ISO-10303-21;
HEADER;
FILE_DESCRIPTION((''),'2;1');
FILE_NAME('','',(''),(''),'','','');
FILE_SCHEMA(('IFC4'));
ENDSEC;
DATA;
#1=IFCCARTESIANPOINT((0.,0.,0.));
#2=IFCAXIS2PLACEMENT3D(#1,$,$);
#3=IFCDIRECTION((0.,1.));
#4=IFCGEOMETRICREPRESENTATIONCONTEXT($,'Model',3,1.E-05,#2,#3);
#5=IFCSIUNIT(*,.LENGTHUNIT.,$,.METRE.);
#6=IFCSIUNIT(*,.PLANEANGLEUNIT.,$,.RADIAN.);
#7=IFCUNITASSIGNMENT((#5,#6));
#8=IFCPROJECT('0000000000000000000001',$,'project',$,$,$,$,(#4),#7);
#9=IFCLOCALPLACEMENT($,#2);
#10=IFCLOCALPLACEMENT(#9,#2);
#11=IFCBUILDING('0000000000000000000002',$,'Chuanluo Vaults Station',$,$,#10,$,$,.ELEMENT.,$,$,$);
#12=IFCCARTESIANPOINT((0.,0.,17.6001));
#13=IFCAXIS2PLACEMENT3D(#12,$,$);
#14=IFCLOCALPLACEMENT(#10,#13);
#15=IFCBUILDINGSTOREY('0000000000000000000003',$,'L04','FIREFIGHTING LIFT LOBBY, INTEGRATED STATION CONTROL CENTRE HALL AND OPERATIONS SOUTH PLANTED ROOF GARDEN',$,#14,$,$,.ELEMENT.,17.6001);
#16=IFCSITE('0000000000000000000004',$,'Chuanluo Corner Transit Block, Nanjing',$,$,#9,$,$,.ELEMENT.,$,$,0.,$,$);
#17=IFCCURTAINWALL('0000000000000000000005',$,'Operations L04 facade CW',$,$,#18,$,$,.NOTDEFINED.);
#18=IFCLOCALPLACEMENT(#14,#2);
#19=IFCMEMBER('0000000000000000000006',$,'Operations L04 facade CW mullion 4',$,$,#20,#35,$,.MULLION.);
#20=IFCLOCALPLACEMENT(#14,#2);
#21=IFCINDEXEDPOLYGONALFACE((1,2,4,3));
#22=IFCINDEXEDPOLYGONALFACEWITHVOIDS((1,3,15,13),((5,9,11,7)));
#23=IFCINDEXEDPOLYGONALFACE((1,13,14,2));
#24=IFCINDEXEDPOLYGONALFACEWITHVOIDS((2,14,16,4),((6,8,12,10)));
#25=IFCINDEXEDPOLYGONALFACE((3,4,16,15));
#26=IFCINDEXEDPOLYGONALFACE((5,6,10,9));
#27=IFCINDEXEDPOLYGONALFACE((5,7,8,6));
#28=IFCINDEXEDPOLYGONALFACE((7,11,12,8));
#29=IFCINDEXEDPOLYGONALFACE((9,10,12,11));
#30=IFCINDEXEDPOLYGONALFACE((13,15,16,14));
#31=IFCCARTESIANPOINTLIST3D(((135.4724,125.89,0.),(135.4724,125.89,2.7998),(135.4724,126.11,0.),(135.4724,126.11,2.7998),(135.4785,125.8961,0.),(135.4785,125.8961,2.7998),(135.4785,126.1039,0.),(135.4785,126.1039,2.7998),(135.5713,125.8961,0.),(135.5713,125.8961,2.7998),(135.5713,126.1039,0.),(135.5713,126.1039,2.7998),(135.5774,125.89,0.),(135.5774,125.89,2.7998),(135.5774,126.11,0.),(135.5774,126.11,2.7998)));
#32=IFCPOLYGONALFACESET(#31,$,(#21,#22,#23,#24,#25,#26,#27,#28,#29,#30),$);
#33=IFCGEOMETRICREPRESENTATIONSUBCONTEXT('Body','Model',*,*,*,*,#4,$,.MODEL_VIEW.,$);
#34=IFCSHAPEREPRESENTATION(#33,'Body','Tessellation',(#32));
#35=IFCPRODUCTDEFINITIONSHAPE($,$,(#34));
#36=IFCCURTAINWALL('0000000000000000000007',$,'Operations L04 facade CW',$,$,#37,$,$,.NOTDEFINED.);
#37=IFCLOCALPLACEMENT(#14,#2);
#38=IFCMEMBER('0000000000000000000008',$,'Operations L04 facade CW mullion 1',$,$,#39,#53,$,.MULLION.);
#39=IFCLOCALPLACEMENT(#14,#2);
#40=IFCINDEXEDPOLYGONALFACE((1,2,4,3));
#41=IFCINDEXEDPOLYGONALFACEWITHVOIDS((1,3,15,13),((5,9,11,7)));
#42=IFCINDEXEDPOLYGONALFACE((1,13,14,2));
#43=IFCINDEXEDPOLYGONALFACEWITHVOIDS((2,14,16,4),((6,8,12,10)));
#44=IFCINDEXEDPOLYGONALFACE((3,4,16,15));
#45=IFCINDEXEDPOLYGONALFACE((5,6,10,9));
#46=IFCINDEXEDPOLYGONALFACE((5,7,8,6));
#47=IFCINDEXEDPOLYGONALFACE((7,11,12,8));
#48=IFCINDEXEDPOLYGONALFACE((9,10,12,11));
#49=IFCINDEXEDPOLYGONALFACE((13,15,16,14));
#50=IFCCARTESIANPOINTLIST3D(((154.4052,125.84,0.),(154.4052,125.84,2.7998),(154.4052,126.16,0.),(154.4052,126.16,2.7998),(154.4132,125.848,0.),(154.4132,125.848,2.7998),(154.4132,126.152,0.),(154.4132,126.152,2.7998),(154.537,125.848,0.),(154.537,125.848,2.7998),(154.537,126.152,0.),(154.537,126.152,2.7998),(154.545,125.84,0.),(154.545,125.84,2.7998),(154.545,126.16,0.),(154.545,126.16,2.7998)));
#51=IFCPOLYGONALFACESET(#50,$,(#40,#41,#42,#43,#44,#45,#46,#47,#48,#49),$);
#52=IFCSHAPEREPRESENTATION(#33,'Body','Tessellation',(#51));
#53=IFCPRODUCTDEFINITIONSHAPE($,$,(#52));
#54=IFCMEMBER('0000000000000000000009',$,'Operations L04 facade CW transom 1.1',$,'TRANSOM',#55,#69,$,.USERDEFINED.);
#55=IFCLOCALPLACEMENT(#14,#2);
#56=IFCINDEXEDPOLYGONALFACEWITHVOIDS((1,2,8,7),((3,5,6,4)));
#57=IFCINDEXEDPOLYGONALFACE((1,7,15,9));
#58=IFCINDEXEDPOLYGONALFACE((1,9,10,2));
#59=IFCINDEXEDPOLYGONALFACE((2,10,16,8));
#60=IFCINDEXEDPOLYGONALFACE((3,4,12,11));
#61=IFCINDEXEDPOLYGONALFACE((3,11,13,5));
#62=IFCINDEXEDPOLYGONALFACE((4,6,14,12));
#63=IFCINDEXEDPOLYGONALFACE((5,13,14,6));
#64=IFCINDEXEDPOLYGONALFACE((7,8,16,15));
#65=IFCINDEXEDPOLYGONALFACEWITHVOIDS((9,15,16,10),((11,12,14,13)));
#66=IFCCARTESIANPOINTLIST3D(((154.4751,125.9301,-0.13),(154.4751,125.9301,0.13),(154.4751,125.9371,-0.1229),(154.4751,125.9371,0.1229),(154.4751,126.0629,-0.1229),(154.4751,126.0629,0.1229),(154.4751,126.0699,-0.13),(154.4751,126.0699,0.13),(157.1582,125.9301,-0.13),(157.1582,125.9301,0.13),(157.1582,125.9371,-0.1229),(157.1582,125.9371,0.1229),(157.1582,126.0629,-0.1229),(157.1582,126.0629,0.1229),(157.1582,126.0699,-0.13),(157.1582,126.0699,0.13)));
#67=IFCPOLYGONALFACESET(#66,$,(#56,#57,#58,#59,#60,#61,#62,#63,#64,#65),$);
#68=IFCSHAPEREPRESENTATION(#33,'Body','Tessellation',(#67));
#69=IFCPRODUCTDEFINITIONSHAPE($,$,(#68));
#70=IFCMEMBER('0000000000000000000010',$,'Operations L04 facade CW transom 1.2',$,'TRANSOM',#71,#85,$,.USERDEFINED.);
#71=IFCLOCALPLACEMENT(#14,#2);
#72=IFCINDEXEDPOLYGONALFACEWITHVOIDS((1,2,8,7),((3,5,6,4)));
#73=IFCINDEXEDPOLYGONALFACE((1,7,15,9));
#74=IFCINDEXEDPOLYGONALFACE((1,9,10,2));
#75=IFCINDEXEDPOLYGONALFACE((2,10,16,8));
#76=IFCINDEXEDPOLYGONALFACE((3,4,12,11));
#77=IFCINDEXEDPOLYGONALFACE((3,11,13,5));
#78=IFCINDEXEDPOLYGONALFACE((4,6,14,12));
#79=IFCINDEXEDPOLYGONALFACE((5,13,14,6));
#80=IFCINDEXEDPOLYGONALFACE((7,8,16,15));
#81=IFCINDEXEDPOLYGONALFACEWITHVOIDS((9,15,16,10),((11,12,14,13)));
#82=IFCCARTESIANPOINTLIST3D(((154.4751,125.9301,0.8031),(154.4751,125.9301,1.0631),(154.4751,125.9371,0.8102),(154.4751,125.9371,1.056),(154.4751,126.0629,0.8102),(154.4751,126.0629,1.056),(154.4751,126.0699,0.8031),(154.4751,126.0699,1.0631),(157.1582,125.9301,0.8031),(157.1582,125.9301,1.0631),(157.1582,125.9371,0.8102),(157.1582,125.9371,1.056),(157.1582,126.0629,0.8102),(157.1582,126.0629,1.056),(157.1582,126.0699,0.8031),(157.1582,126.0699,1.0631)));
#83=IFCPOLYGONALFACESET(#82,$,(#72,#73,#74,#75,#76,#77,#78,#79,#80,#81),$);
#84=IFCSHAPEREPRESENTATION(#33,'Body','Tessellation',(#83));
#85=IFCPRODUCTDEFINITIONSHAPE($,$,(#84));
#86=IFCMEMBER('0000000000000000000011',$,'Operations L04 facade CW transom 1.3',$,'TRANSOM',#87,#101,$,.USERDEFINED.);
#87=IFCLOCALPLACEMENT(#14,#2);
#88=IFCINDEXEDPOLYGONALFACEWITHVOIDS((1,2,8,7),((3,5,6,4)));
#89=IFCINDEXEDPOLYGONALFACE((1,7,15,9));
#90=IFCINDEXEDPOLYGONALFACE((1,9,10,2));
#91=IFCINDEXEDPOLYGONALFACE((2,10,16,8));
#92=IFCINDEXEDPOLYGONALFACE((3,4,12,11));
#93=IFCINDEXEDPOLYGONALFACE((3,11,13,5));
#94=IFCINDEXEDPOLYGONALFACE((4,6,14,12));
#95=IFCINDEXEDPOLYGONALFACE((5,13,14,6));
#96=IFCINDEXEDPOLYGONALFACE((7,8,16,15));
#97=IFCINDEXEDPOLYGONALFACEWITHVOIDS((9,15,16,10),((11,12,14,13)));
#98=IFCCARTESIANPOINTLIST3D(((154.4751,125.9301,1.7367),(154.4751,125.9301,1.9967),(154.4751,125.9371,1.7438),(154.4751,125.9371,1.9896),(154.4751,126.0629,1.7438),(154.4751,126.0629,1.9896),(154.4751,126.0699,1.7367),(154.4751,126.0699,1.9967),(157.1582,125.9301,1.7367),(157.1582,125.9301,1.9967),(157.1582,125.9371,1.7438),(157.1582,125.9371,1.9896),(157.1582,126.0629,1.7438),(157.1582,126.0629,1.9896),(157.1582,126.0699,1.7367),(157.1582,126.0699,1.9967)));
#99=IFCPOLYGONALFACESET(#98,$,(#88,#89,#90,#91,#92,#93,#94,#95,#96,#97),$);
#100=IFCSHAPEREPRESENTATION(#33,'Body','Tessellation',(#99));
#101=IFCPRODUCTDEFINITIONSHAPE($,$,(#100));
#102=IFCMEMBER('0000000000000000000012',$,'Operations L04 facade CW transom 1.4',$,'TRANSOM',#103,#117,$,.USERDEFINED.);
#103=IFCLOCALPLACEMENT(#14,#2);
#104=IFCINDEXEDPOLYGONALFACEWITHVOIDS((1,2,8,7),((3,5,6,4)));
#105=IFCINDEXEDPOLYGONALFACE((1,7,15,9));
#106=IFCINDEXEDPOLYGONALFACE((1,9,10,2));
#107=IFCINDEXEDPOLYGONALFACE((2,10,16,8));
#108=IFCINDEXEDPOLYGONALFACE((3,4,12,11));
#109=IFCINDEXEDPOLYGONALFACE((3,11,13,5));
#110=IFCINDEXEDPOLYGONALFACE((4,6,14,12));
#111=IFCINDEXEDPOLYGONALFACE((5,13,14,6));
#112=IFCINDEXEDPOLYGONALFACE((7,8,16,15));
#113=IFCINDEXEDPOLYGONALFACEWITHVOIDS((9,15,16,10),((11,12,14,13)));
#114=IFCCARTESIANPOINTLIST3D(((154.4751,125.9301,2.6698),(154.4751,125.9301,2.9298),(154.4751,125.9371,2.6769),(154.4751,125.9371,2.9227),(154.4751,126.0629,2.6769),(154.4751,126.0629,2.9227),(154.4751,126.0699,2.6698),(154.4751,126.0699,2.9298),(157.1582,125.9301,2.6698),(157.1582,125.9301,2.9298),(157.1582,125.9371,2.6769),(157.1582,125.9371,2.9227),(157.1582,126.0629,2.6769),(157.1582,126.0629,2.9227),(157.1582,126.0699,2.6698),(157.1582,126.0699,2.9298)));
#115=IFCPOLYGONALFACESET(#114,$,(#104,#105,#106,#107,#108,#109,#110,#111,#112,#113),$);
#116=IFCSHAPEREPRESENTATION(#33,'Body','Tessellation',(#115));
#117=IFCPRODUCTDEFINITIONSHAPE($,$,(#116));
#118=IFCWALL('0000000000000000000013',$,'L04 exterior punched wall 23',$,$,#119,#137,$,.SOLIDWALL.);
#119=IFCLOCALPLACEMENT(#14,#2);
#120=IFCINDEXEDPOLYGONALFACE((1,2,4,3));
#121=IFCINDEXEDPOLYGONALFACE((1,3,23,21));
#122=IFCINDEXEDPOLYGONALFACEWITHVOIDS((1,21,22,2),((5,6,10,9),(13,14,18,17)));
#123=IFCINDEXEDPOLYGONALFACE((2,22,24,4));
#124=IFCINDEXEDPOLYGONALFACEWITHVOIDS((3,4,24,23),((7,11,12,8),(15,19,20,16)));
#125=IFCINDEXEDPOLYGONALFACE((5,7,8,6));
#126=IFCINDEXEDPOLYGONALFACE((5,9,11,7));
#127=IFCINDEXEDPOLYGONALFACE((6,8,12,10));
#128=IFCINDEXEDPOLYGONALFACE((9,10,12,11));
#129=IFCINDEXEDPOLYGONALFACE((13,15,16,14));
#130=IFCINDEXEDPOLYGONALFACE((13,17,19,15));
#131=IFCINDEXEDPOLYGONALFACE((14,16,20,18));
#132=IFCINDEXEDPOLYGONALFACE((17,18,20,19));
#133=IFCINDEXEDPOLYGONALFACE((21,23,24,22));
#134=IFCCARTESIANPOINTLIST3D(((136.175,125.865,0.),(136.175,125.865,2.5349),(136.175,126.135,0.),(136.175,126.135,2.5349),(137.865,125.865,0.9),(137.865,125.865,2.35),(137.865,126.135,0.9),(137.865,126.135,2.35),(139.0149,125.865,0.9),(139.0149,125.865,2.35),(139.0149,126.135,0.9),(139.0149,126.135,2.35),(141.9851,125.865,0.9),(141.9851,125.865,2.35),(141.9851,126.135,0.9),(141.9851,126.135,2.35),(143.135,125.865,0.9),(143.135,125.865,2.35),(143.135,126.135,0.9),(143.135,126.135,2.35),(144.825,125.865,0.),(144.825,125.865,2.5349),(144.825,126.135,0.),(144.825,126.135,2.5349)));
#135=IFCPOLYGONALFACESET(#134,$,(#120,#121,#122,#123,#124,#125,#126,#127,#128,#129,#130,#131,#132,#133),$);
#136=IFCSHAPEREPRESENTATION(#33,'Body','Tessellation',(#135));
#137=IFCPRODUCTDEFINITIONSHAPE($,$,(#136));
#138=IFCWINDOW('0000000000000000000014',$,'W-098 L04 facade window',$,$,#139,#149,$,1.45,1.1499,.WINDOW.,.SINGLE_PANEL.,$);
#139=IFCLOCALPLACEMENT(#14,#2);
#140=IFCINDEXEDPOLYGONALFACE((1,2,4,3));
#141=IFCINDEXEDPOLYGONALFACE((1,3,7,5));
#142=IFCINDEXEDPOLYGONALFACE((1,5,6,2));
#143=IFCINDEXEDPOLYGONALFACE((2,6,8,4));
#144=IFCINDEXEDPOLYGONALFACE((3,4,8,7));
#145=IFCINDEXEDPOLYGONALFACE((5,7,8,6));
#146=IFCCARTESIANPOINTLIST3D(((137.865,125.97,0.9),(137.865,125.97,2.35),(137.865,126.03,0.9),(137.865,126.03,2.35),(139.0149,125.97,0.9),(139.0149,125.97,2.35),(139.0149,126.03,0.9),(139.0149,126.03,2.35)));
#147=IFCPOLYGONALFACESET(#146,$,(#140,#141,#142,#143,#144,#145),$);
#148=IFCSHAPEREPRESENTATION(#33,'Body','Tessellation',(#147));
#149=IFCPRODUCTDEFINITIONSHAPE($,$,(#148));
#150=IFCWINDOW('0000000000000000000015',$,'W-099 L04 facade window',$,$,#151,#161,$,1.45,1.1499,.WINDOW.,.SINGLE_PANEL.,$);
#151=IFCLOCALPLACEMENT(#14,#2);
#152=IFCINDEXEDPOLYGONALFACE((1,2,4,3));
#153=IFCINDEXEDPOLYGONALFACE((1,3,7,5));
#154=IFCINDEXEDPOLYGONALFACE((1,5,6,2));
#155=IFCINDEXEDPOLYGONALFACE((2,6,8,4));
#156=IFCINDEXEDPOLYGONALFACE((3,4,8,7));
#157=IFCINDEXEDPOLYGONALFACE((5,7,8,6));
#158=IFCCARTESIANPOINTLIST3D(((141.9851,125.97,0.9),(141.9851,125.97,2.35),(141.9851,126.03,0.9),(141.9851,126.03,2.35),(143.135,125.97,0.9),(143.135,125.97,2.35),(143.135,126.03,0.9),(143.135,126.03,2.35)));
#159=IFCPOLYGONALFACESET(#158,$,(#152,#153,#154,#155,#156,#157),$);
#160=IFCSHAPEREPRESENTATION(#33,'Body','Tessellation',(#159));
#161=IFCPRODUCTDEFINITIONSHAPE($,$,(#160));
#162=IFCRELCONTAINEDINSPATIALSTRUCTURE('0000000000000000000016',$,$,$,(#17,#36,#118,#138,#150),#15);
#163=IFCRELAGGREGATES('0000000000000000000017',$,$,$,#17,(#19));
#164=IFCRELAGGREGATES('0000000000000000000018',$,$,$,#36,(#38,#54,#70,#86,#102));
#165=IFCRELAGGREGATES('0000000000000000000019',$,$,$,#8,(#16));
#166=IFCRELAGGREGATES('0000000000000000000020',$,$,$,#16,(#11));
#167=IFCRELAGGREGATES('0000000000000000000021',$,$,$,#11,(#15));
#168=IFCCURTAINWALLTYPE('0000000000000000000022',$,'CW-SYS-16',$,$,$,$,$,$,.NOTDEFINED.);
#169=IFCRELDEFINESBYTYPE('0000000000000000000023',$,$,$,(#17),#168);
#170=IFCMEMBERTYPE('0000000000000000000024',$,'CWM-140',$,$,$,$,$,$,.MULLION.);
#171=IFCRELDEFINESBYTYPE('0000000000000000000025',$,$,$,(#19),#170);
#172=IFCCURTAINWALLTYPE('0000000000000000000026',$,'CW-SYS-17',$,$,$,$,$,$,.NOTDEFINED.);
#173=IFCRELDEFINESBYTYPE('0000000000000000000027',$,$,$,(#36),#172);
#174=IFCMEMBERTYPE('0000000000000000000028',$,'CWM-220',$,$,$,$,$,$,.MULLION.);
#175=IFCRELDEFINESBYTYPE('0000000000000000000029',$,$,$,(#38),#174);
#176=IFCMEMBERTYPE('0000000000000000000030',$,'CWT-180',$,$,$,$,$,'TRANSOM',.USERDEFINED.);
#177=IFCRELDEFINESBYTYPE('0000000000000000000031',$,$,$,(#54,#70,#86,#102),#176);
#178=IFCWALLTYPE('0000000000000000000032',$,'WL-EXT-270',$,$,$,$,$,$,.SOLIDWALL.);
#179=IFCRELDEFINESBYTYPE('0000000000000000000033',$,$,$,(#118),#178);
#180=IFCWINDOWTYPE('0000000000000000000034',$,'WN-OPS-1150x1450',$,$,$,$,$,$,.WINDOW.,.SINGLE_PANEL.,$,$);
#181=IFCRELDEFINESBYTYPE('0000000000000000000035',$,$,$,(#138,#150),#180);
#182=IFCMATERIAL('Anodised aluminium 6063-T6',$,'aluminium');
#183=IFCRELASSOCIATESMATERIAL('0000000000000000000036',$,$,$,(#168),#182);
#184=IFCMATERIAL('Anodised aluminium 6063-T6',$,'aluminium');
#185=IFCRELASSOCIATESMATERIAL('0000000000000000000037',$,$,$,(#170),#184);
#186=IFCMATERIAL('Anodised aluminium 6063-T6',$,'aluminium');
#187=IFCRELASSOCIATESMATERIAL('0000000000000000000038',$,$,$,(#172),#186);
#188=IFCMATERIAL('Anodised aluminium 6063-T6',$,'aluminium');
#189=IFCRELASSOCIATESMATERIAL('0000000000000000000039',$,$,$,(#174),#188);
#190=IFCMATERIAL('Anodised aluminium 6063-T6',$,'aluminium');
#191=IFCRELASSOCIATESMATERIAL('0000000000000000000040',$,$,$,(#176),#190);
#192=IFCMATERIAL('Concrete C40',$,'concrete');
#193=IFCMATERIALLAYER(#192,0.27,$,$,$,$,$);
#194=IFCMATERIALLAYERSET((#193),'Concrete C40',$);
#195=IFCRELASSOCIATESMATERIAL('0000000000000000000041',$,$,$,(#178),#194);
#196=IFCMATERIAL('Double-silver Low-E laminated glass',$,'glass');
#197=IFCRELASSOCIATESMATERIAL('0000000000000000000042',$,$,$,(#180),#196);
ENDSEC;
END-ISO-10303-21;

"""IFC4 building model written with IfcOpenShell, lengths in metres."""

from ifc_helpers import new_model, si_unit, direction, frame, frame_2d, origin, origin_2d, place, context, subcontext, project, spatial, rectangle, hollow_rectangle, extrude, material, layer, layer_set, material_profile, profile_set, type_object, element, fill, aggregate, save


model = new_model("IFC4")

# Units and contexts
model_context = context("Model", 3, precision=1e-05, world=origin(), true_north=direction((0.0, 1.0)))
body_context = subcontext(model_context, "Body", "Model", "MODEL_VIEW")
ifc_project = project(units=[si_unit("LENGTHUNIT", "METRE"), si_unit("PLANEANGLEUNIT", "RADIAN")], contexts=[model_context])

# Site, building, storey
site_placement = place(None, origin())
site = spatial("IfcSite", under=ifc_project, at=site_placement, Name="Chuanluo Corner Transit Block, Nanjing", CompositionType="ELEMENT", RefElevation=0.0)
building_placement = place(site_placement, origin())
building = spatial("IfcBuilding", under=site, at=building_placement, Name="Chuanluo Vaults Station", CompositionType="ELEMENT")
storey_placement = place(building_placement, frame((0.0, 0.0, 17.6001)))
storey = spatial("IfcBuildingStorey", under=building, at=storey_placement, Name="L04", Description="FIREFIGHTING LIFT LOBBY, INTEGRATED STATION CONTROL CENTRE HALL AND OPERATIONS SOUTH PLANTED ROOF GARDEN", CompositionType="ELEMENT", Elevation=17.6001)

# Curtain wall, member
ifc_material_1 = material(Name="Anodised aluminium 6063-T6", Category="aluminium")
curtain_wall_type_1 = type_object("IfcCurtainWallType", Name="CW-SYS-16", PredefinedType="NOTDEFINED", material=ifc_material_1)
curtain_wall_1_placement = place(storey_placement, origin())
curtain_wall_1 = element("IfcCurtainWall", 1, at=curtain_wall_1_placement, inside=storey, type_object=curtain_wall_type_1, Name="Operations L04 facade CW", PredefinedType="NOTDEFINED")
ifc_material_2 = material(Name="Anodised aluminium 6063-T6", Category="aluminium")
ifc_material_profile_1 = material_profile(ifc_material_2, hollow_rectangle(XDim=0.105, YDim=0.22, WallThickness=0.0061, at=origin_2d()))
ifc_profile_set_1 = profile_set([ifc_material_profile_1], Name="Anodised aluminium 6063-T6")
member_type_1 = type_object("IfcMemberType", Name="CWM-140", PredefinedType="MULLION", material=ifc_profile_set_1)
member_1_placement = place(storey_placement, frame((135.5249, 126.0, 0.0), z_axis=(0.0, 0.0, 1.0), x_axis=(1.0, 0.0, 0.0)))
member_1 = element("IfcMember", 2, at=member_1_placement, type_object=member_type_1, Name="Operations L04 facade CW mullion 4", PredefinedType="MULLION", context=body_context, shape_type="SweptSolid", body=[
    extrude(hollow_rectangle(XDim=0.105, YDim=0.22, WallThickness=0.0061, at=origin_2d()), origin(), (0.0, 0.0, 1.0), 2.7998),
])
aggregate(curtain_wall_1, [member_1])

# Curtain wall, members
ifc_material_3 = material(Name="Anodised aluminium 6063-T6", Category="aluminium")
curtain_wall_type_2 = type_object("IfcCurtainWallType", Name="CW-SYS-17", PredefinedType="NOTDEFINED", material=ifc_material_3)
curtain_wall_2_placement = place(storey_placement, origin())
curtain_wall_2 = element("IfcCurtainWall", 3, at=curtain_wall_2_placement, inside=storey, type_object=curtain_wall_type_2, Name="Operations L04 facade CW", PredefinedType="NOTDEFINED")
ifc_material_4 = material(Name="Anodised aluminium 6063-T6", Category="aluminium")
ifc_material_profile_2 = material_profile(ifc_material_4, hollow_rectangle(XDim=0.1399, YDim=0.3201, WallThickness=0.0081, at=origin_2d()))
ifc_profile_set_2 = profile_set([ifc_material_profile_2], Name="Anodised aluminium 6063-T6")
member_type_2 = type_object("IfcMemberType", Name="CWM-220", PredefinedType="MULLION", material=ifc_profile_set_2)
member_2_placement = place(storey_placement, frame((154.4751, 126.0, 0.0), z_axis=(0.0, 0.0, 1.0), x_axis=(1.0, 0.0, 0.0)))
member_2 = element("IfcMember", 4, at=member_2_placement, type_object=member_type_2, Name="Operations L04 facade CW mullion 1", PredefinedType="MULLION", context=body_context, shape_type="SweptSolid", body=[
    extrude(hollow_rectangle(XDim=0.1399, YDim=0.3201, WallThickness=0.0081, at=origin_2d()), origin(), (0.0, 0.0, 1.0), 2.7998),
])
ifc_material_5 = material(Name="Anodised aluminium 6063-T6", Category="aluminium")
ifc_material_profile_3 = material_profile(ifc_material_5, hollow_rectangle(XDim=0.1399, YDim=0.26, WallThickness=0.0071, at=origin_2d()))
ifc_profile_set_3 = profile_set([ifc_material_profile_3], Name="Anodised aluminium 6063-T6")
member_type_3 = type_object("IfcMemberType", Name="CWT-180", ElementType="TRANSOM", PredefinedType="USERDEFINED", material=ifc_profile_set_3)
member_3_placement = place(storey_placement, frame((154.4751, 126.0, 0.0), z_axis=(1.0, 0.0, 0.0), x_axis=(0.0, 1.0, 0.0)))
member_3 = element("IfcMember", 5, at=member_3_placement, type_object=member_type_3, Name="Operations L04 facade CW transom 1.1", ObjectType="TRANSOM", PredefinedType="USERDEFINED", context=body_context, shape_type="SweptSolid", body=[
    extrude(hollow_rectangle(XDim=0.1399, YDim=0.26, WallThickness=0.0071, at=origin_2d()), origin(), (0.0, 0.0, 1.0), 2.6831),
])
member_4_placement = place(storey_placement, frame((154.4751, 126.0, 0.9331), z_axis=(1.0, 0.0, 0.0), x_axis=(0.0, 1.0, 0.0)))
member_4 = element("IfcMember", 6, at=member_4_placement, type_object=member_type_3, Name="Operations L04 facade CW transom 1.2", ObjectType="TRANSOM", PredefinedType="USERDEFINED", context=body_context, shape_type="SweptSolid", body=[
    extrude(hollow_rectangle(XDim=0.1399, YDim=0.26, WallThickness=0.0071, at=origin_2d()), origin(), (0.0, 0.0, 1.0), 2.6831),
])
member_5_placement = place(storey_placement, frame((154.4751, 126.0, 1.8667), z_axis=(1.0, 0.0, 0.0), x_axis=(0.0, 1.0, 0.0)))
member_5 = element("IfcMember", 7, at=member_5_placement, type_object=member_type_3, Name="Operations L04 facade CW transom 1.3", ObjectType="TRANSOM", PredefinedType="USERDEFINED", context=body_context, shape_type="SweptSolid", body=[
    extrude(hollow_rectangle(XDim=0.1399, YDim=0.26, WallThickness=0.0071, at=origin_2d()), origin(), (0.0, 0.0, 1.0), 2.6831),
])
member_6_placement = place(storey_placement, frame((154.4751, 126.0, 2.7998), z_axis=(1.0, 0.0, 0.0), x_axis=(0.0, 1.0, 0.0)))
member_6 = element("IfcMember", 8, at=member_6_placement, type_object=member_type_3, Name="Operations L04 facade CW transom 1.4", ObjectType="TRANSOM", PredefinedType="USERDEFINED", context=body_context, shape_type="SweptSolid", body=[
    extrude(hollow_rectangle(XDim=0.1399, YDim=0.26, WallThickness=0.0071, at=origin_2d()), origin(), (0.0, 0.0, 1.0), 2.6831),
])
aggregate(curtain_wall_2, [member_2, member_3, member_4, member_5, member_6])

# Wall, openings, windows
ifc_material_6 = material(Name="Concrete C40", Category="concrete")
ifc_layer_1 = layer(ifc_material_6, 0.27)
ifc_layer_set_1 = layer_set([ifc_layer_1], Name="Concrete C40")
wall_type_1 = type_object("IfcWallType", Name="WL-EXT-270", PredefinedType="SOLIDWALL", material=ifc_layer_set_1)
wall_1_placement = place(storey_placement, frame((136.175, 126.0, 0.0), z_axis=(0.0, 0.0, 1.0), x_axis=(1.0, 0.0, 0.0)))
wall_1 = element("IfcWall", 9, at=wall_1_placement, inside=storey, type_object=wall_type_1, Name="L04 exterior punched wall 23", PredefinedType="SOLIDWALL", context=body_context, shape_type="SweptSolid", body=[
    extrude(rectangle(XDim=8.6499, YDim=0.27, at=frame_2d((4.325, 0.0))), origin(), (0.0, 0.0, 1.0), 2.5349),
])
opening_1_placement = place(wall_1_placement, frame((1.6899, 0.0, 0.8999)))
opening_1 = element("IfcOpeningElement", 10, at=opening_1_placement, cuts=wall_1, PredefinedType="OPENING", context=body_context, shape_type="SweptSolid", body=[
    extrude(rectangle(XDim=1.1499, YDim=1.45, at=frame_2d((0.575, 0.7251))), frame((0.0, 0.145, 0.0), z_axis=(0.0, -1.0, 0.0), x_axis=(1.0, 0.0, 0.0)), (0.0, 0.0, 1.0), 0.29),
])
opening_2_placement = place(wall_1_placement, frame((5.8101, 0.0, 0.8999)))
opening_2 = element("IfcOpeningElement", 11, at=opening_2_placement, cuts=wall_1, PredefinedType="OPENING", context=body_context, shape_type="SweptSolid", body=[
    extrude(rectangle(XDim=1.1499, YDim=1.45, at=frame_2d((0.575, 0.7251))), frame((0.0, 0.145, 0.0), z_axis=(0.0, -1.0, 0.0), x_axis=(1.0, 0.0, 0.0)), (0.0, 0.0, 1.0), 0.29),
])
ifc_material_7 = material(Name="Double-silver Low-E laminated glass", Category="glass")
window_type = type_object("IfcWindowType", Name="WN-OPS-1150x1450", PartitioningType="SINGLE_PANEL", PredefinedType="WINDOW", material=ifc_material_7)
window_1_placement = place(opening_1_placement, origin())
window_1 = element("IfcWindow", 12, at=window_1_placement, inside=storey, type_object=window_type, Name="W-098 L04 facade window", OverallHeight=1.45, OverallWidth=1.1499, PartitioningType="SINGLE_PANEL", PredefinedType="WINDOW", context=body_context, shape_type="SweptSolid", body=[
    extrude(rectangle(XDim=1.1499, YDim=1.45, at=frame_2d((0.575, 0.7251))), frame((0.0, 0.03, 0.0), z_axis=(0.0, -1.0, 0.0), x_axis=(1.0, 0.0, 0.0)), (0.0, 0.0, 1.0), 0.0601),
])
fill(opening_1, window_1)
window_2_placement = place(opening_2_placement, origin())
window_2 = element("IfcWindow", 13, at=window_2_placement, inside=storey, type_object=window_type, Name="W-099 L04 facade window", OverallHeight=1.45, OverallWidth=1.1499, PartitioningType="SINGLE_PANEL", PredefinedType="WINDOW", context=body_context, shape_type="SweptSolid", body=[
    extrude(rectangle(XDim=1.1499, YDim=1.45, at=frame_2d((0.575, 0.7251))), frame((0.0, 0.03, 0.0), z_axis=(0.0, -1.0, 0.0), x_axis=(1.0, 0.0, 0.0)), (0.0, 0.0, 1.0), 0.0601),
])
fill(opening_2, window_2)

save(model, "model.ifc")
